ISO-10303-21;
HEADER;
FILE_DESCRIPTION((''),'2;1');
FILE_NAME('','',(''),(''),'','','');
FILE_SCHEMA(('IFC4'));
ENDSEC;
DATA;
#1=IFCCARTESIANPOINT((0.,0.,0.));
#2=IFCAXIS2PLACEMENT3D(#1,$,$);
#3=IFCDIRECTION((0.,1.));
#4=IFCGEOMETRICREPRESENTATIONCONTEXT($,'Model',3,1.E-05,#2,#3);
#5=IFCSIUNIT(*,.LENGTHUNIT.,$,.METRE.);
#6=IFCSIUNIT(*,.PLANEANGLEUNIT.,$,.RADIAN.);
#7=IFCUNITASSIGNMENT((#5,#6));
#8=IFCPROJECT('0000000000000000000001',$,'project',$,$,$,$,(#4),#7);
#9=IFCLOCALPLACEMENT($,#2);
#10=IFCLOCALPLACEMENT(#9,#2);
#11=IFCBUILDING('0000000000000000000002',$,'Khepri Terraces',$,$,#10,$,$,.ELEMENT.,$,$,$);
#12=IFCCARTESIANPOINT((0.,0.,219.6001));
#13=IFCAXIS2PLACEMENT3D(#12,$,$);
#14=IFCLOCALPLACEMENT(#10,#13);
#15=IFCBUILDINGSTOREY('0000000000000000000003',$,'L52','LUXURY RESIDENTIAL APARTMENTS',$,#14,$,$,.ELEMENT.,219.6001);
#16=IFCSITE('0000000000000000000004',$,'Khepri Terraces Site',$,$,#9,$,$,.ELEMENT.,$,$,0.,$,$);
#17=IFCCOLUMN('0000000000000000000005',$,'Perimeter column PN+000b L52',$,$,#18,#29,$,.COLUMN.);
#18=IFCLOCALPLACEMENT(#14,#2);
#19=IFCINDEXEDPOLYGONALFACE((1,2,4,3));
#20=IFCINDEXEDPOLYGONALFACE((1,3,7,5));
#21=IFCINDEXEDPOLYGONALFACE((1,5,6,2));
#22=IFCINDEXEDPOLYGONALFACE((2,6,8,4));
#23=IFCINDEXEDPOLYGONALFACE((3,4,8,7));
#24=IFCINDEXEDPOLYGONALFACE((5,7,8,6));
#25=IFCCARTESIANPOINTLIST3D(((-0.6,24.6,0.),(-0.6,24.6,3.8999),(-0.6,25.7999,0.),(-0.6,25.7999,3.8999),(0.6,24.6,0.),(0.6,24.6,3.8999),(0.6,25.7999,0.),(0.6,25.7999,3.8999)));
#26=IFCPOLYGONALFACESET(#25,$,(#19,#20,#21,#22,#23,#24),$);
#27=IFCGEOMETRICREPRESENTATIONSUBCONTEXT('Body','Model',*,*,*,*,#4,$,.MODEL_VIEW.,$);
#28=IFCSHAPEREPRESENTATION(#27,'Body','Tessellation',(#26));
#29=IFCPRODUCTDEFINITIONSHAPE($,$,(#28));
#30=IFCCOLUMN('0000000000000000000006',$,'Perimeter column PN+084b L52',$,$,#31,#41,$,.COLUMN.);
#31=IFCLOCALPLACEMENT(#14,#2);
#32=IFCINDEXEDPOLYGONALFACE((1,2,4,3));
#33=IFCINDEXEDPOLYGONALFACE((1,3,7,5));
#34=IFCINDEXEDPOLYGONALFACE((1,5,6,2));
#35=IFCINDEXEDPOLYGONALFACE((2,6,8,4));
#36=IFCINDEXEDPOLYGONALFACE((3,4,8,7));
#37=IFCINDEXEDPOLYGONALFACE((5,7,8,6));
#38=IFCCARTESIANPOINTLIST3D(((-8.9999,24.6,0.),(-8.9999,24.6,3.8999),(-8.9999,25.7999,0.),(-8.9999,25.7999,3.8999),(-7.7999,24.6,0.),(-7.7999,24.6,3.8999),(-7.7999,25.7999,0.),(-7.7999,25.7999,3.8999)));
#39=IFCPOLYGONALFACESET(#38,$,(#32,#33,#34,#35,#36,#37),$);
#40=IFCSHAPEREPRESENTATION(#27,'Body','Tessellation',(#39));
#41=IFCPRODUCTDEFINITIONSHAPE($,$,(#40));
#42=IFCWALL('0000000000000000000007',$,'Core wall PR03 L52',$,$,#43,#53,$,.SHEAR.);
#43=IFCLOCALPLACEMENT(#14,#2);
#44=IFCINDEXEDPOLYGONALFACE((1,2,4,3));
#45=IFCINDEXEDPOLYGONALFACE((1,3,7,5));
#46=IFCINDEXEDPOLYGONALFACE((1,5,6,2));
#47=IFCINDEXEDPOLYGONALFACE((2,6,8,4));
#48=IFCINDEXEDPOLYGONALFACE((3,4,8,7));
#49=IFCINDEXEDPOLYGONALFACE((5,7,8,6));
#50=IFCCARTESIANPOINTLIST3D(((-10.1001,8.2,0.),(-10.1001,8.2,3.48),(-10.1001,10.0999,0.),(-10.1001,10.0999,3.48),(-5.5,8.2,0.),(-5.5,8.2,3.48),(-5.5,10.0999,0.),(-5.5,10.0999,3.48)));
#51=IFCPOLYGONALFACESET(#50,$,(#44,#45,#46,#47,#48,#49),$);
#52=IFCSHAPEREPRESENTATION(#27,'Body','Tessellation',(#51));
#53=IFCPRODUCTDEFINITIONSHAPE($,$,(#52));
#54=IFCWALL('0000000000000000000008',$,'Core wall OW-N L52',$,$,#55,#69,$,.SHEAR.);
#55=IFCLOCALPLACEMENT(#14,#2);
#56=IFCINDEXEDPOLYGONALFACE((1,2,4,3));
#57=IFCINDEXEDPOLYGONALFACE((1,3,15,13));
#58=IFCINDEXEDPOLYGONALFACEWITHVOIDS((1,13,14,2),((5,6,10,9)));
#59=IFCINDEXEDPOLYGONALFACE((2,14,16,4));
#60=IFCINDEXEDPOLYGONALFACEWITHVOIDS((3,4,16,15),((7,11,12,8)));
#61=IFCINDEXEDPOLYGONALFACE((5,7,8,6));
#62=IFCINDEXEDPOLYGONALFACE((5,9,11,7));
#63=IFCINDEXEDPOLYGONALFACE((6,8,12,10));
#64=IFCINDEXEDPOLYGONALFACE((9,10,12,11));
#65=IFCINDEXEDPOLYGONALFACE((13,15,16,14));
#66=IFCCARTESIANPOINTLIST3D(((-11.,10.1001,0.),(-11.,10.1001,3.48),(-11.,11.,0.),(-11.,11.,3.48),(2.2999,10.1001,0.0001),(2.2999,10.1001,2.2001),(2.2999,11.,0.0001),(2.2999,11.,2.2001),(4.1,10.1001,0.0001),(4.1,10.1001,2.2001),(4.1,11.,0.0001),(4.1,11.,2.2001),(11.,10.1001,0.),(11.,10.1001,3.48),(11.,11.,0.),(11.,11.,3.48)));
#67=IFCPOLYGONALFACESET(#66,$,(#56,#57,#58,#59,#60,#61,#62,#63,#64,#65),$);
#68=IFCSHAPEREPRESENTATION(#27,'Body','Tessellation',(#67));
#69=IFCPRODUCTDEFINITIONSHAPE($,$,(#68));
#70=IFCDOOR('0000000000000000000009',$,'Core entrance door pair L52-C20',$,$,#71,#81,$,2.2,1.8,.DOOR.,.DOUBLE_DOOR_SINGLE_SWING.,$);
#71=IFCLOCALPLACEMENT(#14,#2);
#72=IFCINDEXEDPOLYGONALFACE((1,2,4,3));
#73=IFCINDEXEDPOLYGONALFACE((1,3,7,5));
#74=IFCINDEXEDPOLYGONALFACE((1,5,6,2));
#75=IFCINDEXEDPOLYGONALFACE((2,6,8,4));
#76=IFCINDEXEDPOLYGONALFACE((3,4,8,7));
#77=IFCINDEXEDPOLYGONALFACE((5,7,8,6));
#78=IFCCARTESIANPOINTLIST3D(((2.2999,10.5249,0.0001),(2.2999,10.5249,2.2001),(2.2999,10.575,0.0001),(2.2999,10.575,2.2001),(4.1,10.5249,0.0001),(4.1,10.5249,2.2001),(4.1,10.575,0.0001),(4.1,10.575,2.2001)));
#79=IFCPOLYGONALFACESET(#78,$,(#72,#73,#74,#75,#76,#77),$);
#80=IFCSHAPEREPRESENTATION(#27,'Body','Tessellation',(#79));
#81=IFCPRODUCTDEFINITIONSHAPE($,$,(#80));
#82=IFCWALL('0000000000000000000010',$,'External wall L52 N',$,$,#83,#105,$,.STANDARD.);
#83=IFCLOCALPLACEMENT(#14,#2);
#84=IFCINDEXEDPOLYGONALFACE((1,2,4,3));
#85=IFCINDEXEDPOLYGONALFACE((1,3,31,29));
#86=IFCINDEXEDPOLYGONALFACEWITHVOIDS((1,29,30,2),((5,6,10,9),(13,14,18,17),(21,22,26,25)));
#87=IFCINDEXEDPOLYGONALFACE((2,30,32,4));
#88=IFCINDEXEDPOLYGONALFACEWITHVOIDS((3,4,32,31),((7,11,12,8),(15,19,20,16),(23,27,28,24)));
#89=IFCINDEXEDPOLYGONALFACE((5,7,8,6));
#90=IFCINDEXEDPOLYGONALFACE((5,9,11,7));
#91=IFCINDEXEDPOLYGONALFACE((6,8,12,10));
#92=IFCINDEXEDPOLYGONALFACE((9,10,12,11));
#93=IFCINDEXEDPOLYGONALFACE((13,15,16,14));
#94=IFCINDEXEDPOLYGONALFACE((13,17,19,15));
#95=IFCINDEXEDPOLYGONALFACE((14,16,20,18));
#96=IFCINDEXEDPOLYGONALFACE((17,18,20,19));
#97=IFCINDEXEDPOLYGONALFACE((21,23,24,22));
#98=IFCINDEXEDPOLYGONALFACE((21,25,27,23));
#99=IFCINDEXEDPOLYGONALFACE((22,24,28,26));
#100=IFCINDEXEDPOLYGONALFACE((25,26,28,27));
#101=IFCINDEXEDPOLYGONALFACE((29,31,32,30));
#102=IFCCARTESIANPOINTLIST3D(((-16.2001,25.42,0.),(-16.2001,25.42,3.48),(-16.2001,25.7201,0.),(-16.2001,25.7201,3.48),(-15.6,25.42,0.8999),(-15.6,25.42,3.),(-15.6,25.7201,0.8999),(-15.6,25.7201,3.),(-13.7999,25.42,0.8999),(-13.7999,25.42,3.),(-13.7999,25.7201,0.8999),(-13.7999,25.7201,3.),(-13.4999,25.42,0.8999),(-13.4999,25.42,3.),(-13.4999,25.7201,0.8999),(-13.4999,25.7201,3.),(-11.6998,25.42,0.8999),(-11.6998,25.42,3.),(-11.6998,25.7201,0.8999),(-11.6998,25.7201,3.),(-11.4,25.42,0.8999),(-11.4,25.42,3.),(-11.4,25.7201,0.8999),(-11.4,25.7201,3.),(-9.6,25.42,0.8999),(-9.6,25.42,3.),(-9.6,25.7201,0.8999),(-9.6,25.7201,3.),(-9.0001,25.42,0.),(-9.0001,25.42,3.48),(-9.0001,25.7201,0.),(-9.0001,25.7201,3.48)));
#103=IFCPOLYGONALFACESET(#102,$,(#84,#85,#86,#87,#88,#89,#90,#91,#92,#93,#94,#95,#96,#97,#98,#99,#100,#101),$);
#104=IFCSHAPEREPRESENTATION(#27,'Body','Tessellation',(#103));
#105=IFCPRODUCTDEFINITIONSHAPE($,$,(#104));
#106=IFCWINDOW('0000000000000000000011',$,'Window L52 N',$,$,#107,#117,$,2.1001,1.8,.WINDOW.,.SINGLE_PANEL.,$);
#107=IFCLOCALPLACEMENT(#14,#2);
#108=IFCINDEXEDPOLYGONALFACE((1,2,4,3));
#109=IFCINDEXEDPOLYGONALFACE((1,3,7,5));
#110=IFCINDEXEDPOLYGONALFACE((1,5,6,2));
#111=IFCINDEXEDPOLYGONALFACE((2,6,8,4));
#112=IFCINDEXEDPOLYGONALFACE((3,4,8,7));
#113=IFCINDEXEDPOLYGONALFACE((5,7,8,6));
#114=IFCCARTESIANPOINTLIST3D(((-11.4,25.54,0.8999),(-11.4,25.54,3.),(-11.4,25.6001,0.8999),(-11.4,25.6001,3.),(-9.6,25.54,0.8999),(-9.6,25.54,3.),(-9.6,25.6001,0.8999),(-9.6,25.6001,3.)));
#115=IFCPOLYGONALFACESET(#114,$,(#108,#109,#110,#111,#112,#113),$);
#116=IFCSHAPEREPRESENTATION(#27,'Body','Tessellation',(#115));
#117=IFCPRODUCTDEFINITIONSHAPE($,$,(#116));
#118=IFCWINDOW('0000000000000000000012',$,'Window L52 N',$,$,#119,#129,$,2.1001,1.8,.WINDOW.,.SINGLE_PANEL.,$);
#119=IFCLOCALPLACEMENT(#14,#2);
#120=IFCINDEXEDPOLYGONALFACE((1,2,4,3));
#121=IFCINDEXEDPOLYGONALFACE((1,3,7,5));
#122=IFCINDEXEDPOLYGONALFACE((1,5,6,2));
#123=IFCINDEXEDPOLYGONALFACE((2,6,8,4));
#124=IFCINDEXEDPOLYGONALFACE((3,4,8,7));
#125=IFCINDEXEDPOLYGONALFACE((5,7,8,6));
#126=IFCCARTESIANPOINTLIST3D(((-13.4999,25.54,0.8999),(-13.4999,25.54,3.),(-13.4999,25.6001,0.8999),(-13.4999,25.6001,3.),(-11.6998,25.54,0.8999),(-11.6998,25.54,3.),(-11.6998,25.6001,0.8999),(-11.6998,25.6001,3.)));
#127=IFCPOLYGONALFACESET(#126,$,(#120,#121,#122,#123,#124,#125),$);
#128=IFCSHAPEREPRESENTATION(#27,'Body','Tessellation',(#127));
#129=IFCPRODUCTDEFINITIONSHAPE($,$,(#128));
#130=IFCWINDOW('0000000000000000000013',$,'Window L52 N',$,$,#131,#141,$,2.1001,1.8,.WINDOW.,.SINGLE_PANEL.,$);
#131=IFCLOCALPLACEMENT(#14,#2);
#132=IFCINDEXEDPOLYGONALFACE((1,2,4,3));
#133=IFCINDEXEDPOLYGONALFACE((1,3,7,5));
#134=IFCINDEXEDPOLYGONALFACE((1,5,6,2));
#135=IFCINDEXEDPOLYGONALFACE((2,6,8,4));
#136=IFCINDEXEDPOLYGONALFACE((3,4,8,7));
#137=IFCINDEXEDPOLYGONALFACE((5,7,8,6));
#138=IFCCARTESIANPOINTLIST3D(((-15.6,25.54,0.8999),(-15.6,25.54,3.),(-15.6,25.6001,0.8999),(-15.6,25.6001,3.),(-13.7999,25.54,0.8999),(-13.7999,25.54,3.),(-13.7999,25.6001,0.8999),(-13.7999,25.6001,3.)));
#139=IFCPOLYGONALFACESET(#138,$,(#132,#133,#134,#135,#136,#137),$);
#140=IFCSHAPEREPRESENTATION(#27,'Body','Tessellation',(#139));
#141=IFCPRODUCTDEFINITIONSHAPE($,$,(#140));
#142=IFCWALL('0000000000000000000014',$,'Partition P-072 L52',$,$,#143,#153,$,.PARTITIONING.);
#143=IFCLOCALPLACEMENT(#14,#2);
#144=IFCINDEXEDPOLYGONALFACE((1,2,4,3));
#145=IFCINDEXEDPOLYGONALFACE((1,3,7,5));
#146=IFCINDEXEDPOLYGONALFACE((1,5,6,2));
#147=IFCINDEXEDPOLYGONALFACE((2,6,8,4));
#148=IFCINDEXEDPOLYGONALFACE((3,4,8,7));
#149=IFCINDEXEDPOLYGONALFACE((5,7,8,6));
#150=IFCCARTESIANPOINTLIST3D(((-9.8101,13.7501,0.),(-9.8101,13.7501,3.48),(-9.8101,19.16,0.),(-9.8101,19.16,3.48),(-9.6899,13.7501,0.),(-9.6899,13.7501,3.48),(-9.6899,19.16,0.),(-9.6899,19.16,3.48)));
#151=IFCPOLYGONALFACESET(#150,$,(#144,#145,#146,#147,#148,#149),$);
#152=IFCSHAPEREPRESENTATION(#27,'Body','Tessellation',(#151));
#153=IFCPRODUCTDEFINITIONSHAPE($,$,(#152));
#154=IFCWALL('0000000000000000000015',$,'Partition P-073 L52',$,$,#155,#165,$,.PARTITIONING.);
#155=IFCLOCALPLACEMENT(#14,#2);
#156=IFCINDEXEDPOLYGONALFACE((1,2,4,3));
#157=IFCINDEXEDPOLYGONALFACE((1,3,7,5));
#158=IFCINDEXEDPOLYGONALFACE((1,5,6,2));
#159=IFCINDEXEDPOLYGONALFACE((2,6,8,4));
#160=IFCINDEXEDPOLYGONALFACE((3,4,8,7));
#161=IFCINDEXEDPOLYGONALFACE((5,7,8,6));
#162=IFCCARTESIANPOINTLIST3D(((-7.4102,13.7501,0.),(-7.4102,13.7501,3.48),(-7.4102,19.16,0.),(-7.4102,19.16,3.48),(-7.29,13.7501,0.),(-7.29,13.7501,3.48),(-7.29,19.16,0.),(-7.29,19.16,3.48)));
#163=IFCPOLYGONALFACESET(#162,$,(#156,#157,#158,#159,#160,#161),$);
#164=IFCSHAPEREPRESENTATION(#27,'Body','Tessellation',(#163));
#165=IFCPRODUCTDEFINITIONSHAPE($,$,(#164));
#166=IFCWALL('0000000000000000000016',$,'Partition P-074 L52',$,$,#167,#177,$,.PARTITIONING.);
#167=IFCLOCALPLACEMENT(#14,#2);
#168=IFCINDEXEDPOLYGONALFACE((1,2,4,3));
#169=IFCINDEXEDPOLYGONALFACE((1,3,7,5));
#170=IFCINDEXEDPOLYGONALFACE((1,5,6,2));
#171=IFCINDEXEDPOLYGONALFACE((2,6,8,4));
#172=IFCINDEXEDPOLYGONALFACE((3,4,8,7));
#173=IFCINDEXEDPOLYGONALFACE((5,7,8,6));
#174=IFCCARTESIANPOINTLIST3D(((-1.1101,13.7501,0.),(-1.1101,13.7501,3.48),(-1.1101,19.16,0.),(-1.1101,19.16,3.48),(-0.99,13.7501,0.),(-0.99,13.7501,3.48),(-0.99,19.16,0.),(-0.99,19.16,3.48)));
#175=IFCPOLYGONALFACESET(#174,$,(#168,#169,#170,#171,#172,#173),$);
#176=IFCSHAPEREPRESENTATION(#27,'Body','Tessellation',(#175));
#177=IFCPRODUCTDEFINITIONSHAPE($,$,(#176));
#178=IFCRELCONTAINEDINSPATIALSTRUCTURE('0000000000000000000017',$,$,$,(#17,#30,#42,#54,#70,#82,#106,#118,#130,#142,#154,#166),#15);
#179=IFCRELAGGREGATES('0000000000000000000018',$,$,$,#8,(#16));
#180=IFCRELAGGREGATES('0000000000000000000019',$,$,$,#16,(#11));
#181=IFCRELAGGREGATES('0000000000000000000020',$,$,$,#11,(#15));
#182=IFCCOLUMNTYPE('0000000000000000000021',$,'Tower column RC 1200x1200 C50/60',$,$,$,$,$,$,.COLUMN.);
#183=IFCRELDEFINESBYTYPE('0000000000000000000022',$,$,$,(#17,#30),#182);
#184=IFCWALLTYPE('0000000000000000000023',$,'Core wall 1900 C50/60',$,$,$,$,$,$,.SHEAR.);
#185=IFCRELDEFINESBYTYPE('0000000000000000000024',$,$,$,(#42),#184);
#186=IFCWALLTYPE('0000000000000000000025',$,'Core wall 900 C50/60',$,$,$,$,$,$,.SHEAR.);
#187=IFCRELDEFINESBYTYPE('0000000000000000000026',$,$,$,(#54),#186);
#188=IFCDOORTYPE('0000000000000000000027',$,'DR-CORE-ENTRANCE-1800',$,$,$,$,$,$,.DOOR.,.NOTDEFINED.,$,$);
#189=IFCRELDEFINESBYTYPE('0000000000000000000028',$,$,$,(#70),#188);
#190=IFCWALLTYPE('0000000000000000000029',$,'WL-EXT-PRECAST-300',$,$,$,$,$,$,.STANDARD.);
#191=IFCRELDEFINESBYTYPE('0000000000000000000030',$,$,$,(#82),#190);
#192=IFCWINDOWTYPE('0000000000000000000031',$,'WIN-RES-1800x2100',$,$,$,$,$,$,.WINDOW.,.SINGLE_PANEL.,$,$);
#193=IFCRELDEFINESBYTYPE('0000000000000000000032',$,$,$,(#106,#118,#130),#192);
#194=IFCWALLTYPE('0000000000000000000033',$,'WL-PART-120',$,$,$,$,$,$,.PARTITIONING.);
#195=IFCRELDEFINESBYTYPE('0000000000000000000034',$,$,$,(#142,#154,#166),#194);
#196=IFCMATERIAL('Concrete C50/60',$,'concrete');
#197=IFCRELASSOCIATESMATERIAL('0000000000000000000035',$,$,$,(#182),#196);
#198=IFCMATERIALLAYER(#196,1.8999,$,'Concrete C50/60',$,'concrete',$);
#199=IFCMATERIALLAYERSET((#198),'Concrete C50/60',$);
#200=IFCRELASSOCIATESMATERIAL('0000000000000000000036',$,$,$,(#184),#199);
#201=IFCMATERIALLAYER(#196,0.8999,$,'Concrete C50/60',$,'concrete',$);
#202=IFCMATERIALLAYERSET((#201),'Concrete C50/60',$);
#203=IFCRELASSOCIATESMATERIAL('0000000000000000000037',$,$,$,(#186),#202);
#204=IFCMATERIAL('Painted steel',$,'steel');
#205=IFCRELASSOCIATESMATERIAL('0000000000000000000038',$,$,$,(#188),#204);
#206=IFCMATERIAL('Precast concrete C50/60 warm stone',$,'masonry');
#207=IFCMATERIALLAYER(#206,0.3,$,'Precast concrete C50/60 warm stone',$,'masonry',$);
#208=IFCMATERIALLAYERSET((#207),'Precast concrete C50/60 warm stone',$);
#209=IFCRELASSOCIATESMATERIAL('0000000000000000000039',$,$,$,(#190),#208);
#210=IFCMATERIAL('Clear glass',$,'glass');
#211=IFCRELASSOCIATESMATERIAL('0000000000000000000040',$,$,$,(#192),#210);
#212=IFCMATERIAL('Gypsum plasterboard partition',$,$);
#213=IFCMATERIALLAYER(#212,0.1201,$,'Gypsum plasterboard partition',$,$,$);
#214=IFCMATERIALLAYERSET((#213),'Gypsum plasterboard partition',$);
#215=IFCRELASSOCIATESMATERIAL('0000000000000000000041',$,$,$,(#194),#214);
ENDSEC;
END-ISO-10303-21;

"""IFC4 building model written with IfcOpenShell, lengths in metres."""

from ifc_helpers import new_model, si_unit, direction, frame, frame_2d, origin, origin_2d, place, context, subcontext, project, spatial, rectangle, extrude, material, layer, layer_set, material_profile, profile_set, type_object, element, fill, save


model = new_model("IFC4")

# Units and contexts
model_context = context("Model", 3, precision=1e-05, world=origin(), true_north=direction((0.0, 1.0)))
body_context = subcontext(model_context, "Body", "Model", "MODEL_VIEW")
ifc_project = project(units=[si_unit("LENGTHUNIT", "METRE"), si_unit("PLANEANGLEUNIT", "RADIAN")], contexts=[model_context])

# Site, building, storey
site_placement = place(None, origin())
site = spatial("IfcSite", under=ifc_project, at=site_placement, Name="Khepri Terraces Site", CompositionType="ELEMENT", RefElevation=0.0)
building_placement = place(site_placement, origin())
building = spatial("IfcBuilding", under=site, at=building_placement, Name="Khepri Terraces", CompositionType="ELEMENT")
storey_placement = place(building_placement, frame((0.0, 0.0, 219.6001)))
storey = spatial("IfcBuildingStorey", under=building, at=storey_placement, Name="L52", Description="LUXURY RESIDENTIAL APARTMENTS", CompositionType="ELEMENT", Elevation=219.6001)

# Columns
ifc_material_1 = material(Name="Concrete C50/60", Category="concrete")
ifc_material_profile = material_profile(ifc_material_1, rectangle(XDim=1.2, YDim=1.2, at=origin_2d()), Name="Concrete C50/60", Category="concrete")
ifc_profile_set = profile_set([ifc_material_profile], Name="Concrete C50/60")
column_type = type_object("IfcColumnType", Name="Tower column RC 1200x1200 C50/60", PredefinedType="COLUMN", material=ifc_profile_set)
for number, where, z_axis, x_axis, name in (
    (1, (0.0, 25.2, 0.0), (0.0, 0.0, 1.0), (1.0, 0.0, 0.0), "Perimeter column PN+000b L52"),
    (2, (-8.3999, 25.2, 0.0), (0.0, 0.0, 1.0), (1.0, 0.0, 0.0), "Perimeter column PN+084b L52"),
):
    element("IfcColumn", number, at=place(storey_placement, frame(where, z_axis=z_axis, x_axis=x_axis)), inside=storey, type_object=column_type, Name=name, PredefinedType="COLUMN", context=body_context, shape_type="SweptSolid", body=[
        extrude(rectangle(XDim=1.2, YDim=1.2, at=origin_2d()), origin(), (0.0, 0.0, 1.0), 3.8999),
    ])

# Wall
ifc_layer_1 = layer(ifc_material_1, 1.8999, Name="Concrete C50/60", Category="concrete")
ifc_layer_set_1 = layer_set([ifc_layer_1], Name="Concrete C50/60")
wall_type_1 = type_object("IfcWallType", Name="Core wall 1900 C50/60", PredefinedType="SHEAR", material=ifc_layer_set_1)
wall_1_placement = place(storey_placement, frame((-10.1001, 9.1499, 0.0), z_axis=(0.0, 0.0, 1.0), x_axis=(1.0, 0.0, 0.0)))
element("IfcWall", 3, at=wall_1_placement, inside=storey, type_object=wall_type_1, Name="Core wall PR03 L52", PredefinedType="SHEAR", context=body_context, shape_type="SweptSolid", body=[
    extrude(rectangle(XDim=4.6001, YDim=1.8999, at=frame_2d((2.3, 0.0))), origin(), (0.0, 0.0, 1.0), 3.48),
])

# Wall, opening, door
ifc_layer_2 = layer(ifc_material_1, 0.8999, Name="Concrete C50/60", Category="concrete")
ifc_layer_set_2 = layer_set([ifc_layer_2], Name="Concrete C50/60")
wall_type_2 = type_object("IfcWallType", Name="Core wall 900 C50/60", PredefinedType="SHEAR", material=ifc_layer_set_2)
wall_2_placement = place(storey_placement, frame((-11.0, 10.55, 0.0), z_axis=(0.0, 0.0, 1.0), x_axis=(1.0, 0.0, 0.0)))
wall_2 = element("IfcWall", 4, at=wall_2_placement, inside=storey, type_object=wall_type_2, Name="Core wall OW-N L52", PredefinedType="SHEAR", context=body_context, shape_type="SweptSolid", body=[
    extrude(rectangle(XDim=22.0, YDim=0.8999, at=frame_2d((11.0, 0.0))), origin(), (0.0, 0.0, 1.0), 3.48),
])
opening_1_placement = place(wall_2_placement, frame((13.3, 0.0, 0.0)))
opening_1 = element("IfcOpeningElement", 5, at=opening_1_placement, cuts=wall_2, PredefinedType="OPENING", context=body_context, shape_type="SweptSolid", body=[
    extrude(rectangle(XDim=1.8, YDim=2.2, at=frame_2d((0.8999, 1.1001))), frame((0.0, 0.46, 0.0), z_axis=(0.0, -1.0, 0.0), x_axis=(1.0, 0.0, 0.0)), (0.0, 0.0, 1.0), 0.9199),
])
ifc_material_2 = material(Name="Painted steel", Category="steel")
door_type_1 = type_object("IfcDoorType", Name="DR-CORE-ENTRANCE-1800", OperationType="NOTDEFINED", PredefinedType="DOOR", material=ifc_material_2)
door_1_placement = place(opening_1_placement, origin())
door_1 = element("IfcDoor", 6, at=door_1_placement, inside=storey, type_object=door_type_1, Name="Core entrance door pair L52-C20", OperationType="DOUBLE_DOOR_SINGLE_SWING", OverallHeight=2.2, OverallWidth=1.8, PredefinedType="DOOR", context=body_context, shape_type="SweptSolid", body=[
    extrude(rectangle(XDim=1.8, YDim=2.2, at=frame_2d((0.8999, 1.1001))), frame((0.0, 0.0249, 0.0), z_axis=(0.0, -1.0, 0.0), x_axis=(1.0, 0.0, 0.0)), (0.0, 0.0, 1.0), 0.05),
])
fill(opening_1, door_1)

# Shared definitions
ifc_material_3 = material(Name="Precast concrete C50/60 warm stone", Category="masonry")
ifc_layer_3 = layer(ifc_material_3, 0.3, Name="Precast concrete C50/60 warm stone", Category="masonry")
ifc_layer_set_3 = layer_set([ifc_layer_3], Name="Precast concrete C50/60 warm stone")
wall_type_3 = type_object("IfcWallType", Name="WL-EXT-PRECAST-300", PredefinedType="STANDARD", material=ifc_layer_set_3)
ifc_material_4 = material(Name="Clear glass", Category="glass")
window_type = type_object("IfcWindowType", Name="WIN-RES-1800x2100", PartitioningType="SINGLE_PANEL", PredefinedType="WINDOW", material=ifc_material_4)

# Wall, openings, windows
wall_3_placement = place(storey_placement, frame((-9.0, 25.5701, 0.0), z_axis=(0.0, 0.0, 1.0), x_axis=(-1.0, 0.0, 0.0)))
wall_3 = element("IfcWall", 7, at=wall_3_placement, inside=storey, type_object=wall_type_3, Name="External wall L52 N", PredefinedType="STANDARD", context=body_context, shape_type="SweptSolid", body=[
    extrude(rectangle(XDim=7.2, YDim=0.3, at=frame_2d((3.6001, 0.0))), origin(), (0.0, 0.0, 1.0), 3.48),
])
opening_2_placement = place(wall_3_placement, frame((0.6001, 0.0, 0.8999)))
opening_2 = element("IfcOpeningElement", 8, at=opening_2_placement, cuts=wall_3, PredefinedType="OPENING", context=body_context, shape_type="SweptSolid", body=[
    extrude(rectangle(XDim=1.8, YDim=2.1001, at=frame_2d((0.8999, 1.05))), frame((0.0, 0.1602, 0.0), z_axis=(0.0, -1.0, 0.0), x_axis=(1.0, 0.0, 0.0)), (0.0, 0.0, 1.0), 0.3201),
])
opening_3_placement = place(wall_3_placement, frame((2.7, 0.0, 0.8999)))
opening_3 = element("IfcOpeningElement", 9, at=opening_3_placement, cuts=wall_3, PredefinedType="OPENING", context=body_context, shape_type="SweptSolid", body=[
    extrude(rectangle(XDim=1.8, YDim=2.1001, at=frame_2d((0.8999, 1.05))), frame((0.0, 0.1602, 0.0), z_axis=(0.0, -1.0, 0.0), x_axis=(1.0, 0.0, 0.0)), (0.0, 0.0, 1.0), 0.3201),
])
opening_4_placement = place(wall_3_placement, frame((4.8, 0.0, 0.8999)))
opening_4 = element("IfcOpeningElement", 10, at=opening_4_placement, cuts=wall_3, PredefinedType="OPENING", context=body_context, shape_type="SweptSolid", body=[
    extrude(rectangle(XDim=1.8, YDim=2.1001, at=frame_2d((0.8999, 1.05))), frame((0.0, 0.1602, 0.0), z_axis=(0.0, -1.0, 0.0), x_axis=(1.0, 0.0, 0.0)), (0.0, 0.0, 1.0), 0.3201),
])
window_1_placement = place(opening_2_placement, origin())
window_1 = element("IfcWindow", 11, at=window_1_placement, inside=storey, type_object=window_type, Name="Window L52 N", OverallHeight=2.1001, OverallWidth=1.8, PartitioningType="SINGLE_PANEL", PredefinedType="WINDOW", context=body_context, shape_type="SweptSolid", body=[
    extrude(rectangle(XDim=1.8, YDim=2.1001, at=frame_2d((0.8999, 1.05))), frame((0.0, 0.03, 0.0), z_axis=(0.0, -1.0, 0.0), x_axis=(1.0, 0.0, 0.0)), (0.0, 0.0, 1.0), 0.0601),
])
fill(opening_2, window_1)
window_2_placement = place(opening_3_placement, origin())
window_2 = element("IfcWindow", 12, at=window_2_placement, inside=storey, type_object=window_type, Name="Window L52 N", OverallHeight=2.1001, OverallWidth=1.8, PartitioningType="SINGLE_PANEL", PredefinedType="WINDOW", context=body_context, shape_type="SweptSolid", body=[
    extrude(rectangle(XDim=1.8, YDim=2.1001, at=frame_2d((0.8999, 1.05))), frame((0.0, 0.03, 0.0), z_axis=(0.0, -1.0, 0.0), x_axis=(1.0, 0.0, 0.0)), (0.0, 0.0, 1.0), 0.0601),
])
fill(opening_3, window_2)
window_3_placement = place(opening_4_placement, origin())
window_3 = element("IfcWindow", 13, at=window_3_placement, inside=storey, type_object=window_type, Name="Window L52 N", OverallHeight=2.1001, OverallWidth=1.8, PartitioningType="SINGLE_PANEL", PredefinedType="WINDOW", context=body_context, shape_type="SweptSolid", body=[
    extrude(rectangle(XDim=1.8, YDim=2.1001, at=frame_2d((0.8999, 1.05))), frame((0.0, 0.03, 0.0), z_axis=(0.0, -1.0, 0.0), x_axis=(1.0, 0.0, 0.0)), (0.0, 0.0, 1.0), 0.0601),
])
fill(opening_4, window_3)

# Walls
ifc_material_5 = material(Name="Gypsum plasterboard partition")
ifc_layer_4 = layer(ifc_material_5, 0.1201, Name="Gypsum plasterboard partition")
ifc_layer_set_4 = layer_set([ifc_layer_4], Name="Gypsum plasterboard partition")
wall_type_4 = type_object("IfcWallType", Name="WL-PART-120", PredefinedType="PARTITIONING", material=ifc_layer_set_4)
for number, where, z_axis, x_axis, name in (
    (14, (-9.75, 13.75, 0.0), (0.0, 0.0, 1.0), (0.0, 1.0, 0.0), "Partition P-072 L52"),
    (15, (-7.3501, 13.75, 0.0), (0.0, 0.0, 1.0), (0.0, 1.0, 0.0), "Partition P-073 L52"),
    (16, (-1.05, 13.75, 0.0), (0.0, 0.0, 1.0), (0.0, 1.0, 0.0), "Partition P-074 L52"),
):
    element("IfcWall", number, at=place(storey_placement, frame(where, z_axis=z_axis, x_axis=x_axis)), inside=storey, type_object=wall_type_4, Name=name, PredefinedType="PARTITIONING", context=body_context, shape_type="SweptSolid", body=[
        extrude(rectangle(XDim=5.4099, YDim=0.1201, at=frame_2d((2.7051, 0.0))), origin(), (0.0, 0.0, 1.0), 3.48),
    ])

save(model, "model.ifc")
